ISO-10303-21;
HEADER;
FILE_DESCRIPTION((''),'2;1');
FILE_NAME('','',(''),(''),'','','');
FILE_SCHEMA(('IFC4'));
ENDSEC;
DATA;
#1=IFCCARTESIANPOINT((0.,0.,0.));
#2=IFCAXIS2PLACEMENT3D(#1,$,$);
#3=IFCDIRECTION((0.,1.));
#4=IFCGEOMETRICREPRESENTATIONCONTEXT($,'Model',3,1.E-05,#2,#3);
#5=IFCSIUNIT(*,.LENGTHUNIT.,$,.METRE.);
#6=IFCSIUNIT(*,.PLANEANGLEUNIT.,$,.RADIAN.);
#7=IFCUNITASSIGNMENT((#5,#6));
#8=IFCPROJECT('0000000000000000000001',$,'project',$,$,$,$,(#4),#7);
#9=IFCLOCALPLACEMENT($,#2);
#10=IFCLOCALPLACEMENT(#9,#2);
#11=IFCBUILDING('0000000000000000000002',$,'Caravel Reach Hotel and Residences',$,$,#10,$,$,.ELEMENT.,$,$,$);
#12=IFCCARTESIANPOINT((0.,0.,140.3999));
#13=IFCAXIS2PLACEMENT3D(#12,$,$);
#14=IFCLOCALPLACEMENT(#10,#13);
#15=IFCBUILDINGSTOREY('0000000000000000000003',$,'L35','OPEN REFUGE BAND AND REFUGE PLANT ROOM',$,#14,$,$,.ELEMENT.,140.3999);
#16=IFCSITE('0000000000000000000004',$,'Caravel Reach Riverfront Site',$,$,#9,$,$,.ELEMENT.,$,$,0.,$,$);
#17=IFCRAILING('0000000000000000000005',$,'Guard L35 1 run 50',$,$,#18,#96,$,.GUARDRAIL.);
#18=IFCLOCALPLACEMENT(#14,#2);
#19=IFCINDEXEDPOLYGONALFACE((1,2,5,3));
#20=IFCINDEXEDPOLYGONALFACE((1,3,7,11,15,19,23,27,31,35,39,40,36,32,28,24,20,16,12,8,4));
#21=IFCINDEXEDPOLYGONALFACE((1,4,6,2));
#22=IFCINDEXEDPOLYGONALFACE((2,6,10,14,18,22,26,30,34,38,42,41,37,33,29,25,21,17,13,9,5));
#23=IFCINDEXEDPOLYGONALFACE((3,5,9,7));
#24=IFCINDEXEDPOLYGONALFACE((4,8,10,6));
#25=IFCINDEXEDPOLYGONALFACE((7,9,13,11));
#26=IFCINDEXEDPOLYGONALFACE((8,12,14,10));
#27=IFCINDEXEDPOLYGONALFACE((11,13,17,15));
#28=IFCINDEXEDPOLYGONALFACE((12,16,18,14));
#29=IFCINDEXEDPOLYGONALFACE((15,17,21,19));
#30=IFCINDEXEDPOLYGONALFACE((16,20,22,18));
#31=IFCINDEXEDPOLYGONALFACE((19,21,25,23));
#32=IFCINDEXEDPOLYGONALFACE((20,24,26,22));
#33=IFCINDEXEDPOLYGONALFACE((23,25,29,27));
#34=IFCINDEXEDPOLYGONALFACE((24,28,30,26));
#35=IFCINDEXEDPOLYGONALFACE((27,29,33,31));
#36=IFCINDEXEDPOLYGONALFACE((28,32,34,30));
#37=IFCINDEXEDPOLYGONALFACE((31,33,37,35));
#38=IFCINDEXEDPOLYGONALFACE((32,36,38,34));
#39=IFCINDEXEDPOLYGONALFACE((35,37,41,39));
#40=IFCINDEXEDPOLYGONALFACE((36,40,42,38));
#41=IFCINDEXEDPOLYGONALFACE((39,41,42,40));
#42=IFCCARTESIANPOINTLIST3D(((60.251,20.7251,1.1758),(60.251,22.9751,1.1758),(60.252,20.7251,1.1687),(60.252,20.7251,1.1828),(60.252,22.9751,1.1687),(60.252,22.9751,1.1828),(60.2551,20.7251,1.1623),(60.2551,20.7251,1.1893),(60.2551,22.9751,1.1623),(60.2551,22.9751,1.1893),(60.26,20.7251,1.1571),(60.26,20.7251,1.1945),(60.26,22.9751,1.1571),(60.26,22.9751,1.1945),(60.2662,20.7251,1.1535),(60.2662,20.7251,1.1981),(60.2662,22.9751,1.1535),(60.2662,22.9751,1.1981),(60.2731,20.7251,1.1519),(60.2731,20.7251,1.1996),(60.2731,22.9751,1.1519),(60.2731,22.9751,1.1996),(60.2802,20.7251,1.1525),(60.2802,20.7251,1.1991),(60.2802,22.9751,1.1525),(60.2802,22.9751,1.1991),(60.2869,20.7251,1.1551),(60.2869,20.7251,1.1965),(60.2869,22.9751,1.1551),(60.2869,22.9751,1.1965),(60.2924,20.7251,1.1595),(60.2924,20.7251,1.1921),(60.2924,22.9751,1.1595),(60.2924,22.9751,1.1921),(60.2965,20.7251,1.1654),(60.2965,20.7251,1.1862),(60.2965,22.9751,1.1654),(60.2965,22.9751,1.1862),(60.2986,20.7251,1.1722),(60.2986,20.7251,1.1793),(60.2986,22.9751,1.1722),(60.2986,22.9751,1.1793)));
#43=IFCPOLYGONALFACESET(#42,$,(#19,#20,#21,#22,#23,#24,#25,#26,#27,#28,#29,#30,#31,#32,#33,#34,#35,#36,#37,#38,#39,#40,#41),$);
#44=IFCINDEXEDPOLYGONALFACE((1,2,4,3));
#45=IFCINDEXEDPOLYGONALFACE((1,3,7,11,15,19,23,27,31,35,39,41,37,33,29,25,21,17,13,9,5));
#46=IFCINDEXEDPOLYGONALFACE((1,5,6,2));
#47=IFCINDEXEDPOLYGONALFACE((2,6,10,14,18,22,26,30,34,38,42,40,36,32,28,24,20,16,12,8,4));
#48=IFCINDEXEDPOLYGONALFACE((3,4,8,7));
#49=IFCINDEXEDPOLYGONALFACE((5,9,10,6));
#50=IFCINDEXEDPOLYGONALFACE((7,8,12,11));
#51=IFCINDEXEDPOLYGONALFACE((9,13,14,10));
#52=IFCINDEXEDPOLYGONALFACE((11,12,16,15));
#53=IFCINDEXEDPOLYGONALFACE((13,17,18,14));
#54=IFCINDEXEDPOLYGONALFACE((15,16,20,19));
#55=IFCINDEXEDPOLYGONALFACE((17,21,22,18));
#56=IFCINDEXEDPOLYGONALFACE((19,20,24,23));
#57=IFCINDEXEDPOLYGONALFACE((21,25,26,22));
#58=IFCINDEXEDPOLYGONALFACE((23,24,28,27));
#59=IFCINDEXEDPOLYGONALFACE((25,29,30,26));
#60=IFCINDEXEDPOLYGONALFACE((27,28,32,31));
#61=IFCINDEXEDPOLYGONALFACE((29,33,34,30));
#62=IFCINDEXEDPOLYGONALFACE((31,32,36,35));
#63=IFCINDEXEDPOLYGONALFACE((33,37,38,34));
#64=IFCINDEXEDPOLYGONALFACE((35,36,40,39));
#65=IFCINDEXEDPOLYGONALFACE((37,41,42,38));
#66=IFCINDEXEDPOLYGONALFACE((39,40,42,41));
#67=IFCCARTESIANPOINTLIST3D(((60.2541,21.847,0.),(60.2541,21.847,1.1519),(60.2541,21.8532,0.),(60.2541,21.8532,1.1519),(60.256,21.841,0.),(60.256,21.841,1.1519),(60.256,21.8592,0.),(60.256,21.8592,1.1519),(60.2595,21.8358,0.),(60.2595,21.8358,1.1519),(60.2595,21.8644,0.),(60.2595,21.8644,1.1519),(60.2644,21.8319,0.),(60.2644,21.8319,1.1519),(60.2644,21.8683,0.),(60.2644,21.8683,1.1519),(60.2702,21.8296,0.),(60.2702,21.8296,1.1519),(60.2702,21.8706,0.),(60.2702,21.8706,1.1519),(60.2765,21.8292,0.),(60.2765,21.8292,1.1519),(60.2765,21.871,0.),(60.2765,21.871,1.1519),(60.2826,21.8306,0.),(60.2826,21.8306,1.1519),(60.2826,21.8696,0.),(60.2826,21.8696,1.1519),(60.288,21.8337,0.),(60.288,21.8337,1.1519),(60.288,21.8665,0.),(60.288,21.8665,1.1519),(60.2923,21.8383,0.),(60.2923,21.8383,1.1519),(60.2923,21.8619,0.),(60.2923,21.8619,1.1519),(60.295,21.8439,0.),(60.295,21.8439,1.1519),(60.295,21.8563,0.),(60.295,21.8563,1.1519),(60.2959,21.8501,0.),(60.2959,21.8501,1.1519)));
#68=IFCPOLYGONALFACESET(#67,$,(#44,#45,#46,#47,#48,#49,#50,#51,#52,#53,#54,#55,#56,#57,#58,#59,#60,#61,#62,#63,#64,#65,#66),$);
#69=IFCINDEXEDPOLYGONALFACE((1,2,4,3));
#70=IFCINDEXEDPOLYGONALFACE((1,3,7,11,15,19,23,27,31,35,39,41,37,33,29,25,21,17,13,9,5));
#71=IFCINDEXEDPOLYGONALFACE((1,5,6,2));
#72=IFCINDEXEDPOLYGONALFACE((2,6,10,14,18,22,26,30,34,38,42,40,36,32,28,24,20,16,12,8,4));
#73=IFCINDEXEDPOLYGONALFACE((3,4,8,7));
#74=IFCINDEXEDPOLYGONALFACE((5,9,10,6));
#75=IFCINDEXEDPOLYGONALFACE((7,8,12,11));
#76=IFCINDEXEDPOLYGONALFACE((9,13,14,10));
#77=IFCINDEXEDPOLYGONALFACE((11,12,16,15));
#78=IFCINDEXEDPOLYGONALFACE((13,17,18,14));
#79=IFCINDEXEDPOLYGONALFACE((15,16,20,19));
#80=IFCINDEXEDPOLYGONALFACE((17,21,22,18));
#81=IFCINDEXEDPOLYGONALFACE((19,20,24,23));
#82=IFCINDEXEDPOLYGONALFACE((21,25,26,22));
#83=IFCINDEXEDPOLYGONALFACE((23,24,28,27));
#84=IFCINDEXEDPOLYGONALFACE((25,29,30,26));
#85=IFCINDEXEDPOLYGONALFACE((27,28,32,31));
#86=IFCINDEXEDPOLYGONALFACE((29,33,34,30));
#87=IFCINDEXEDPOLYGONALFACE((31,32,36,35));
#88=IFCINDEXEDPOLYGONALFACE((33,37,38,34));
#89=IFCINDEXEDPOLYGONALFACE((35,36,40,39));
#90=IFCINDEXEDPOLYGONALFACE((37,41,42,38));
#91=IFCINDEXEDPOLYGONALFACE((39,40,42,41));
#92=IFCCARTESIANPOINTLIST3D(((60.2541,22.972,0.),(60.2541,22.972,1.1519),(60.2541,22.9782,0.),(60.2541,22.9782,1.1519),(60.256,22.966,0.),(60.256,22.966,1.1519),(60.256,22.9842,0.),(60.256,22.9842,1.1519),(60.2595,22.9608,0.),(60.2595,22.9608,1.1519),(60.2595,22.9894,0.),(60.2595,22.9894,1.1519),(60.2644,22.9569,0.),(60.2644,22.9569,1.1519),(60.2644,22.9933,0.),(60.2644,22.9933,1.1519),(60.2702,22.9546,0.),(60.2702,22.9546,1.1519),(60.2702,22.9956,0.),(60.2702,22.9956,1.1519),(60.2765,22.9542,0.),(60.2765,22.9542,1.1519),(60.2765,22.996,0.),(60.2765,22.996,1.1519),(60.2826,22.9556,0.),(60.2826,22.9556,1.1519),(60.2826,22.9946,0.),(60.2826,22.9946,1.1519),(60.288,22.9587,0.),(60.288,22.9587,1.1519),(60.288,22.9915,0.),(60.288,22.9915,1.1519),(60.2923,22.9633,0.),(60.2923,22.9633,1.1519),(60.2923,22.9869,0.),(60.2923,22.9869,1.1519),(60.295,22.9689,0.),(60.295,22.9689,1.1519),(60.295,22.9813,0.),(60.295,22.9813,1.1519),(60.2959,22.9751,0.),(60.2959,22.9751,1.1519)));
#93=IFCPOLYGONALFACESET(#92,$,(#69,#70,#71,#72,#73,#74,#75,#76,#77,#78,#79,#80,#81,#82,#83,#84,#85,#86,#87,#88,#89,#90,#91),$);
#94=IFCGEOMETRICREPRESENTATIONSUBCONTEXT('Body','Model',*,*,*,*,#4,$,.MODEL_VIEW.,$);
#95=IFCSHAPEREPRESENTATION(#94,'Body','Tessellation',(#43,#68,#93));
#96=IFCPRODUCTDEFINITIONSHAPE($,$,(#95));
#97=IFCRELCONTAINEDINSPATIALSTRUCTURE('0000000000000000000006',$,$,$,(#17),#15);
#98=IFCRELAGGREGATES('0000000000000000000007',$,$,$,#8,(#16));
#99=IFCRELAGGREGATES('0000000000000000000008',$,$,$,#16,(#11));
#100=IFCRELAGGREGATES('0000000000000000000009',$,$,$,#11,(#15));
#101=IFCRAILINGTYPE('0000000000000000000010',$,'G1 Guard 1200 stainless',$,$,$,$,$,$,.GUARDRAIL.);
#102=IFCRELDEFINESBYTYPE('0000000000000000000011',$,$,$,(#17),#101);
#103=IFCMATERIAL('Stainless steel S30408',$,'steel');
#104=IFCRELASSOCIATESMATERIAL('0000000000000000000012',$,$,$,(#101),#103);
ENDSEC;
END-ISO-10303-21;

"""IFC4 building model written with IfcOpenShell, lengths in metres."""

from ifc_helpers import new_model, si_unit, direction, frame, origin, origin_2d, place, context, subcontext, project, spatial, circle, extrude, material, type_object, element, save


model = new_model("IFC4")

# Units and contexts
model_context = context("Model", 3, precision=1e-05, world=origin(), true_north=direction((0.0, 1.0)))
body_context = subcontext(model_context, "Body", "Model", "MODEL_VIEW")
ifc_project = project(units=[si_unit("LENGTHUNIT", "METRE"), si_unit("PLANEANGLEUNIT", "RADIAN")], contexts=[model_context])

# Site, building, storey
site_placement = place(None, origin())
site = spatial("IfcSite", under=ifc_project, at=site_placement, Name="Caravel Reach Riverfront Site", CompositionType="ELEMENT", RefElevation=0.0)
building_placement = place(site_placement, origin())
building = spatial("IfcBuilding", under=site, at=building_placement, Name="Caravel Reach Hotel and Residences", CompositionType="ELEMENT")
storey_placement = place(building_placement, frame((0.0, 0.0, 140.3999)))
storey = spatial("IfcBuildingStorey", under=building, at=storey_placement, Name="L35", Description="OPEN REFUGE BAND AND REFUGE PLANT ROOM", CompositionType="ELEMENT", Elevation=140.3999)

# Railing
ifc_material_1 = material(Name="Stainless steel S30408", Category="steel")
railing_type = type_object("IfcRailingType", Name="G1 Guard 1200 stainless", PredefinedType="GUARDRAIL", material=ifc_material_1)
railing_1_placement = place(storey_placement, frame((60.2749, 20.7251, 0.0)))
element("IfcRailing", 1, at=railing_1_placement, inside=storey, type_object=railing_type, Name="Guard L35 1 run 50", PredefinedType="GUARDRAIL", context=body_context, shape_type="SweptSolid", body=[
    extrude(circle(Radius=0.0239, at=origin_2d()), frame((0.0, 0.0, 1.1758), z_axis=(0.0, 1.0, 0.0), x_axis=(-1.0, 0.0, 0.0)), (0.0, 0.0, 1.0), 2.25),
    extrude(circle(Radius=0.021, at=origin_2d()), frame((0.0, 1.125, 0.0)), (0.0, 0.0, 1.0), 1.1519),
    extrude(circle(Radius=0.021, at=origin_2d()), frame((0.0, 2.25, 0.0)), (0.0, 0.0, 1.0), 1.1519),
])

save(model, "model.ifc")
